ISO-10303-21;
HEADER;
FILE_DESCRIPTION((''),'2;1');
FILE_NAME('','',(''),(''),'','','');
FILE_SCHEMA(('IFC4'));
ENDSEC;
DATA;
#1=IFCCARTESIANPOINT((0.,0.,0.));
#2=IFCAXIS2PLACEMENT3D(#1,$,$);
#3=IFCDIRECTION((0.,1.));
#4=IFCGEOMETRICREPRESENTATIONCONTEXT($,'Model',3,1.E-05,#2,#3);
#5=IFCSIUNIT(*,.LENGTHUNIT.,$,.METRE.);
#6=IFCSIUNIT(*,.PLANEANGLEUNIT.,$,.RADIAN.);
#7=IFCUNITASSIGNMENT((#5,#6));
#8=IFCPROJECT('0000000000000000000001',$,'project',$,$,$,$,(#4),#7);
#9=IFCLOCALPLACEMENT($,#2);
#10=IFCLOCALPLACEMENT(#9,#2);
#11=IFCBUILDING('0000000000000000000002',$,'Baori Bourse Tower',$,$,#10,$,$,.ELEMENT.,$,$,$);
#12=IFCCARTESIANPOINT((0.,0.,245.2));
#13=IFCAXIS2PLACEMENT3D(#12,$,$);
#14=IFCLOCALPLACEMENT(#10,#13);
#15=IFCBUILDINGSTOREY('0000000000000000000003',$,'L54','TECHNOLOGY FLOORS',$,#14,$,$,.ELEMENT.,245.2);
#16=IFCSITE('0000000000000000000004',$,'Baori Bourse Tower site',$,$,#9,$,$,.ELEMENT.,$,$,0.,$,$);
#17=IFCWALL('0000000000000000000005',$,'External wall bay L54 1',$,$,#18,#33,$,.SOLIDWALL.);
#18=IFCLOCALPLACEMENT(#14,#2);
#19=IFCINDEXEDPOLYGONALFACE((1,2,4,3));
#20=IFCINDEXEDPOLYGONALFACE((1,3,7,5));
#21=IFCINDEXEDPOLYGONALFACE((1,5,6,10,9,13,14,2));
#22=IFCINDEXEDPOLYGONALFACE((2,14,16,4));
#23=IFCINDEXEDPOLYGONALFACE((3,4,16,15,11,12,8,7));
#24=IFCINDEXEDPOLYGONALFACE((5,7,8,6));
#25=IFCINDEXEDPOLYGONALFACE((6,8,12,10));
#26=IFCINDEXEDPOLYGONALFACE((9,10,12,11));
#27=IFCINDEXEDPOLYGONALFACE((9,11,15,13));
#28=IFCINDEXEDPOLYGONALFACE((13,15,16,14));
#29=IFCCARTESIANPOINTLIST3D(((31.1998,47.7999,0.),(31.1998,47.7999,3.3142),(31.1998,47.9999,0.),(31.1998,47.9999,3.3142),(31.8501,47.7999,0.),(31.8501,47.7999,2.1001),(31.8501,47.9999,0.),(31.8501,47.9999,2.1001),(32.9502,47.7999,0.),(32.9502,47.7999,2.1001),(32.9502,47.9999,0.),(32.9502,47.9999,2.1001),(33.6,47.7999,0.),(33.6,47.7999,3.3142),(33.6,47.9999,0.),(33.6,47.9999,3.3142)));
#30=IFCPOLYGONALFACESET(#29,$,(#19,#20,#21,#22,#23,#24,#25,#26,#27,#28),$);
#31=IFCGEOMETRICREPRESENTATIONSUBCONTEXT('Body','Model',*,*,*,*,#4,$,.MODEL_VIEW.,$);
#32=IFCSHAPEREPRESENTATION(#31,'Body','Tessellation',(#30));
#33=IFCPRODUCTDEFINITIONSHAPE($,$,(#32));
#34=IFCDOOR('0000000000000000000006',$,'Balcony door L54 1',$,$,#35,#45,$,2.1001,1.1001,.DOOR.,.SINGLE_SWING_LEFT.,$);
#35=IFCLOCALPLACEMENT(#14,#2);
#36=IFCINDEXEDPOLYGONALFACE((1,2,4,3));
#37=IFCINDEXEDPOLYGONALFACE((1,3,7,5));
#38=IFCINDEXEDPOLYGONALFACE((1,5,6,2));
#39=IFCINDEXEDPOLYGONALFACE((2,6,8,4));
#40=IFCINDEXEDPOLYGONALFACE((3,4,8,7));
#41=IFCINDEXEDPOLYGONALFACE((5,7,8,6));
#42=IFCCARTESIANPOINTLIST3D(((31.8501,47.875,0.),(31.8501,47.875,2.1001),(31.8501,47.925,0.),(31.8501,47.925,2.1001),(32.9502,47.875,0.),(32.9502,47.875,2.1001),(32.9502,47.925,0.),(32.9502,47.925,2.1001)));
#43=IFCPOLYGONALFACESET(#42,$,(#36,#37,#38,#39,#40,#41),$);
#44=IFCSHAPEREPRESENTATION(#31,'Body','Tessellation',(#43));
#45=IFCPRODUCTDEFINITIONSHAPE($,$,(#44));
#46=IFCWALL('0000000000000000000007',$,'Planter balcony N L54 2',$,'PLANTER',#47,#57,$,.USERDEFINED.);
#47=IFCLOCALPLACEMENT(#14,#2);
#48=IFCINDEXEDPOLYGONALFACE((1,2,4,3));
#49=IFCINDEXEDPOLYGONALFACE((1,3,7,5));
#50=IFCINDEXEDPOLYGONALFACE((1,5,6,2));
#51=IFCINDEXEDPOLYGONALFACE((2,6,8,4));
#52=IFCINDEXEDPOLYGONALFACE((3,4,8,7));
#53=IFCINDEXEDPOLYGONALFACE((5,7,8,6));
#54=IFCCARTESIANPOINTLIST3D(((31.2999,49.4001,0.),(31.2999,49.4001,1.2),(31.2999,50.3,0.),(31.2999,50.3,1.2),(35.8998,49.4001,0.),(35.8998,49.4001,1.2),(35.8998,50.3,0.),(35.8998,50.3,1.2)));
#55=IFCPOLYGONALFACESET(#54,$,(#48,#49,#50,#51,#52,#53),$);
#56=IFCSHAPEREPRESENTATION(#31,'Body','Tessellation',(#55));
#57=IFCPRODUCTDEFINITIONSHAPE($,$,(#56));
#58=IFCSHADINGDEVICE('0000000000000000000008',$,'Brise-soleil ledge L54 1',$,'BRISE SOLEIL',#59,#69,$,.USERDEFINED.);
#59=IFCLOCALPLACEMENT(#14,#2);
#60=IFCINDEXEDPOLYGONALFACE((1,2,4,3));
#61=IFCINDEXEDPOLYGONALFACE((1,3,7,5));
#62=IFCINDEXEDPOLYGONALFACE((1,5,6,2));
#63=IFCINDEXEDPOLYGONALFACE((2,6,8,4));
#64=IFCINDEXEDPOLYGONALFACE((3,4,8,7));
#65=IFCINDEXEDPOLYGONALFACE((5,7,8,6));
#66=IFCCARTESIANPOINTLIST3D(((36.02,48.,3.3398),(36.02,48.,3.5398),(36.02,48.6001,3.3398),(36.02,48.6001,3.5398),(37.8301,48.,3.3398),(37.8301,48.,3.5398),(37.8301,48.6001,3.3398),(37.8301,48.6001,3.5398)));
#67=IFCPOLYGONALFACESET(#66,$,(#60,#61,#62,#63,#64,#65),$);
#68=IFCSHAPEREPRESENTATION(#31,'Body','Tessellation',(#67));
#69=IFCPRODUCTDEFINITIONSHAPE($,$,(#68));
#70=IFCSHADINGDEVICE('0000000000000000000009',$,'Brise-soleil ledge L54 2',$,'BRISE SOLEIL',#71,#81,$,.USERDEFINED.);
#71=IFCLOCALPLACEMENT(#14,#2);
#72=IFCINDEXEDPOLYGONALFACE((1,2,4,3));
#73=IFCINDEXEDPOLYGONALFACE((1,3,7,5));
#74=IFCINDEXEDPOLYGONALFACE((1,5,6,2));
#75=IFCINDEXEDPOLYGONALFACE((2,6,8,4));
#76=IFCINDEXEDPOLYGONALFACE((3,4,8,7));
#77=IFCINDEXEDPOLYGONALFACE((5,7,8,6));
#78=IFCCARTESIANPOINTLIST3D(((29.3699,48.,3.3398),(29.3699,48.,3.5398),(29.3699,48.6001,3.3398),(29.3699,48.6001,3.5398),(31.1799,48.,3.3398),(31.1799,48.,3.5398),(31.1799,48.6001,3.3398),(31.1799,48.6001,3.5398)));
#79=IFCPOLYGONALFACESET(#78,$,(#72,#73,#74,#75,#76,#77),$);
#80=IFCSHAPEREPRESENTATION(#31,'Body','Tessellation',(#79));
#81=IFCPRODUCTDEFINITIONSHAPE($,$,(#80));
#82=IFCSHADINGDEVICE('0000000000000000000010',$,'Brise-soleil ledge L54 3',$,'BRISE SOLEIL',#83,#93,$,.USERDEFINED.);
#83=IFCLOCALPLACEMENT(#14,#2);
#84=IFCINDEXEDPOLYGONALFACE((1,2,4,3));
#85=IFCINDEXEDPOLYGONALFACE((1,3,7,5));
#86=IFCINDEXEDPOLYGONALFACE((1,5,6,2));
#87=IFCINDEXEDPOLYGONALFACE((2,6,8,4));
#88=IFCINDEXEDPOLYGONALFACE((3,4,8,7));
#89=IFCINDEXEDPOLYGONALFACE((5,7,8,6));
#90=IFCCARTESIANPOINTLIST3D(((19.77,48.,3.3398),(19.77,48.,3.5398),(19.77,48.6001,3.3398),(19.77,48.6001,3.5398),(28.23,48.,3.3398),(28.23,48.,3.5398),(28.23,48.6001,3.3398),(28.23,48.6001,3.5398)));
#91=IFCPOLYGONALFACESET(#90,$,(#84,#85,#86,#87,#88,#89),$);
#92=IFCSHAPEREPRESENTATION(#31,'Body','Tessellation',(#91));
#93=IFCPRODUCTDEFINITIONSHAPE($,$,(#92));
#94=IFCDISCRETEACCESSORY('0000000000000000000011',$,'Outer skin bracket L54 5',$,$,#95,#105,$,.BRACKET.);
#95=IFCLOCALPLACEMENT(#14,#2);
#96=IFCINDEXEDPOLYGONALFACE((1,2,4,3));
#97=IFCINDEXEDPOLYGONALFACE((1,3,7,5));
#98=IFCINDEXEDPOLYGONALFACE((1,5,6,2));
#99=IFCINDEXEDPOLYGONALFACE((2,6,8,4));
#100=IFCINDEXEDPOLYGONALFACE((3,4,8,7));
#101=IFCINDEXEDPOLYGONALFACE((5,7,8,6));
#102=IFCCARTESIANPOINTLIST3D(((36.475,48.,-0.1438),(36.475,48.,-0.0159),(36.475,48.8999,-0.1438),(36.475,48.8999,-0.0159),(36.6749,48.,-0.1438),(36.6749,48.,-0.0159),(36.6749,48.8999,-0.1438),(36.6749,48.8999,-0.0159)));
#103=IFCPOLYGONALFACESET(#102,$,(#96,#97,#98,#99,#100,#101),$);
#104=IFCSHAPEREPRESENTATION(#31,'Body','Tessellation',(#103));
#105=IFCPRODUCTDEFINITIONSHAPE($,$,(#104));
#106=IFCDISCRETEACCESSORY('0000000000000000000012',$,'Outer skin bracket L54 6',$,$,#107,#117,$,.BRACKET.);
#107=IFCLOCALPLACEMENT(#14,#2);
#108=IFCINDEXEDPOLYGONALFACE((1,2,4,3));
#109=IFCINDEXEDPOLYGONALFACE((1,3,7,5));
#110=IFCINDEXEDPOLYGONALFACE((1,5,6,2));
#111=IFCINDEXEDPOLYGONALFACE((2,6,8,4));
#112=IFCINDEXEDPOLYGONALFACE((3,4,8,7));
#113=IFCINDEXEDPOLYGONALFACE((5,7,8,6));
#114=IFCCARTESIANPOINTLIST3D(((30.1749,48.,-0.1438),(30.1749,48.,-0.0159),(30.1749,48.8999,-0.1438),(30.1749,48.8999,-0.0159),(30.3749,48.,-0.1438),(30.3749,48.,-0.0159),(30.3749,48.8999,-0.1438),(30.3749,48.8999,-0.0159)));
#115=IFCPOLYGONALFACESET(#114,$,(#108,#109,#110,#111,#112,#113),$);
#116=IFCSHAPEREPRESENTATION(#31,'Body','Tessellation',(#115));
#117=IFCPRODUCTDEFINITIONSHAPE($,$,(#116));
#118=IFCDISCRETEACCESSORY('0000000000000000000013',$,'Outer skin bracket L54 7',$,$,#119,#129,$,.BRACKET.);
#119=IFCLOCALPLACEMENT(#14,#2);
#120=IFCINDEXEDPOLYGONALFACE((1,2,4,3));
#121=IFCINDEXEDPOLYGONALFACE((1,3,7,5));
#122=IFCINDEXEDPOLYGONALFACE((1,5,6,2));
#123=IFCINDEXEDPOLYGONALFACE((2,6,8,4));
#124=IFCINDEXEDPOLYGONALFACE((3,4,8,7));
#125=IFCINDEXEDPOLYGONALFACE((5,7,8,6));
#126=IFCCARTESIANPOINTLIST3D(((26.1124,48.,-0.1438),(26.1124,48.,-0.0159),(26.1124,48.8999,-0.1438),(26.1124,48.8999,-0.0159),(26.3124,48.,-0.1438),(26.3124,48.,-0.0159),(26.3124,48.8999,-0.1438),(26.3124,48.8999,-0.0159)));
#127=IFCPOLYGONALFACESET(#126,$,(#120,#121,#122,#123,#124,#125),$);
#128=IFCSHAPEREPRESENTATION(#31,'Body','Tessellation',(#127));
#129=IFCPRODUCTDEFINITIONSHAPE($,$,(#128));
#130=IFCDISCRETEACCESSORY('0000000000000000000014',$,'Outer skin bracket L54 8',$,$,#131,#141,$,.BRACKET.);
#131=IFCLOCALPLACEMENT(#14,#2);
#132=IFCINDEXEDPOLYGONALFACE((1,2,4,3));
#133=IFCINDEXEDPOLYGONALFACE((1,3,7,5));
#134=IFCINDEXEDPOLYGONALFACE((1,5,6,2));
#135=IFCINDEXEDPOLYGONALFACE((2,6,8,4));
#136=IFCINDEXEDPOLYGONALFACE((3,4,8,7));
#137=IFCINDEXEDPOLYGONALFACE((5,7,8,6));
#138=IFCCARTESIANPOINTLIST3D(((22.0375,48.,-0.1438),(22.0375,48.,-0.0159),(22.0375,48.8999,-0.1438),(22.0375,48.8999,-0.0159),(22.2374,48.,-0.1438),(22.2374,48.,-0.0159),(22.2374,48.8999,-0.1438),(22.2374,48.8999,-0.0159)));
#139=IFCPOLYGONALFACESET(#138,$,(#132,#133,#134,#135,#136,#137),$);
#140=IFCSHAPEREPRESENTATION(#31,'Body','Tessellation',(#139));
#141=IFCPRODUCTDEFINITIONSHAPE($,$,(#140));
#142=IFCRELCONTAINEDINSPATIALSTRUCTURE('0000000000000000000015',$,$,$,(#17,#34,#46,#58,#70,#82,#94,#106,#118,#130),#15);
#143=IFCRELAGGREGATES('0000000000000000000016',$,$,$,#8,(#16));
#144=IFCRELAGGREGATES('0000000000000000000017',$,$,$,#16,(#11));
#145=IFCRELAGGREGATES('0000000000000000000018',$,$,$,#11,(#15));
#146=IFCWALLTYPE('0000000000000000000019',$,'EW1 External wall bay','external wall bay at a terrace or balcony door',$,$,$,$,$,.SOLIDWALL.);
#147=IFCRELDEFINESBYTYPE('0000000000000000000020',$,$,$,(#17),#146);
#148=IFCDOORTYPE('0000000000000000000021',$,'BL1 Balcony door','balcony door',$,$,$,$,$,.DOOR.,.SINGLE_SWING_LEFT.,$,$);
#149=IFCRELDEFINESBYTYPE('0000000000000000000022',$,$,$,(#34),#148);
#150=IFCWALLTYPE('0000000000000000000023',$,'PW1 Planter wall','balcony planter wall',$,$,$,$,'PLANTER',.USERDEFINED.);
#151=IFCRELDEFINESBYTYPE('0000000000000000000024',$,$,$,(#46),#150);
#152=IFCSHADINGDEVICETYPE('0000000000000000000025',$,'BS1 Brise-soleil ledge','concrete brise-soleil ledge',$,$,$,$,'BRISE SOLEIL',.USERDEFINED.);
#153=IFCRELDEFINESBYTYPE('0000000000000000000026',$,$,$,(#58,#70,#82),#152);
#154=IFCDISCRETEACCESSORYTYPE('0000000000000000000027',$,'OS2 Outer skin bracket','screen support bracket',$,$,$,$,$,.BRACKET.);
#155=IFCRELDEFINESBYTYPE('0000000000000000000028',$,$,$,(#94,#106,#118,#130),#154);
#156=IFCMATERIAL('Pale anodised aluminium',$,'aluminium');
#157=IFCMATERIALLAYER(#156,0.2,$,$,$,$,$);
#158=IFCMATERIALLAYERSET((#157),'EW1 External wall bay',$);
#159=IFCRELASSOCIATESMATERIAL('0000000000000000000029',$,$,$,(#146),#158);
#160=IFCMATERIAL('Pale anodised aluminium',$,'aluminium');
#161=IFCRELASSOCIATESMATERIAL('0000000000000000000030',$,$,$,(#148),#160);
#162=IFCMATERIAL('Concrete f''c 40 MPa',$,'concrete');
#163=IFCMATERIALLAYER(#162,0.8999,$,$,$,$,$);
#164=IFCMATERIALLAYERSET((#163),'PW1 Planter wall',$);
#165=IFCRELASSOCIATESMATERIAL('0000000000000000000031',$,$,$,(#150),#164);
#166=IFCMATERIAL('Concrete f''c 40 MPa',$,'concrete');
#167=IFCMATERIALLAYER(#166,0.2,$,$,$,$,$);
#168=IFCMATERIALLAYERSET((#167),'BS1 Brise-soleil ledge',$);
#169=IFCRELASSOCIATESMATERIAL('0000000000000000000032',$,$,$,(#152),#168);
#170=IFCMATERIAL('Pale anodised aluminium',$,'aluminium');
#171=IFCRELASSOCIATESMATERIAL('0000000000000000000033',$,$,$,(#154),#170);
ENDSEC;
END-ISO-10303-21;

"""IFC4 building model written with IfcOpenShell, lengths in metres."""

from ifc_helpers import new_model, si_unit, direction, frame, frame_2d, origin, origin_2d, place, context, subcontext, project, spatial, rectangle, extrude, material, layer, layer_set, type_object, element, fill, save


model = new_model("IFC4")

# Units and contexts
model_context = context("Model", 3, precision=1e-05, world=origin(), true_north=direction((0.0, 1.0)))
body_context = subcontext(model_context, "Body", "Model", "MODEL_VIEW")
ifc_project = project(units=[si_unit("LENGTHUNIT", "METRE"), si_unit("PLANEANGLEUNIT", "RADIAN")], contexts=[model_context])

# Site, building, storey
site_placement = place(None, origin())
site = spatial("IfcSite", under=ifc_project, at=site_placement, Name="Baori Bourse Tower site", CompositionType="ELEMENT", RefElevation=0.0)
building_placement = place(site_placement, origin())
building = spatial("IfcBuilding", under=site, at=building_placement, Name="Baori Bourse Tower", CompositionType="ELEMENT")
storey_placement = place(building_placement, frame((0.0, 0.0, 245.2)))
storey = spatial("IfcBuildingStorey", under=building, at=storey_placement, Name="L54", Description="TECHNOLOGY FLOORS", CompositionType="ELEMENT", Elevation=245.2)

# Wall, opening, door
ifc_material_1 = material(Name="Pale anodised aluminium", Category="aluminium")
ifc_layer_1 = layer(ifc_material_1, 0.2)
ifc_layer_set_1 = layer_set([ifc_layer_1], Name="EW1 External wall bay")
wall_type_1 = type_object("IfcWallType", Name="EW1 External wall bay", Description="external wall bay at a terrace or balcony door", PredefinedType="SOLIDWALL", material=ifc_layer_set_1)
wall_1_placement = place(storey_placement, frame((33.6001, 47.8999, 0.0), z_axis=(0.0, 0.0, 1.0), x_axis=(-1.0, 0.0, 0.0)))
wall_1 = element("IfcWall", 1, at=wall_1_placement, inside=storey, type_object=wall_type_1, Name="External wall bay L54 1", PredefinedType="SOLIDWALL", context=body_context, shape_type="SweptSolid", body=[
    extrude(rectangle(XDim=2.4001, YDim=0.2, at=frame_2d((1.2002, 0.0))), origin(), (0.0, 0.0, 1.0), 3.3142),
])
opening_placement = place(wall_1_placement, frame((0.6499, 0.0, 0.0)))
opening = element("IfcOpeningElement", 2, at=opening_placement, cuts=wall_1, PredefinedType="OPENING", context=body_context, shape_type="SweptSolid", body=[
    extrude(rectangle(XDim=1.1001, YDim=2.1001, at=frame_2d((0.55, 1.05))), frame((0.0, 0.1099, 0.0), z_axis=(0.0, -1.0, 0.0), x_axis=(1.0, 0.0, 0.0)), (0.0, 0.0, 1.0), 0.22),
])
ifc_material_2 = material(Name="Pale anodised aluminium", Category="aluminium")
door_type = type_object("IfcDoorType", Name="BL1 Balcony door", Description="balcony door", OperationType="SINGLE_SWING_LEFT", PredefinedType="DOOR", material=ifc_material_2)
door_placement = place(opening_placement, origin())
door = element("IfcDoor", 3, at=door_placement, inside=storey, type_object=door_type, Name="Balcony door L54 1", OperationType="SINGLE_SWING_LEFT", OverallHeight=2.1001, OverallWidth=1.1001, PredefinedType="DOOR", context=body_context, shape_type="SweptSolid", body=[
    extrude(rectangle(XDim=1.1001, YDim=2.1001, at=frame_2d((0.55, 1.05))), frame((0.0, 0.0249, 0.0), z_axis=(0.0, -1.0, 0.0), x_axis=(1.0, 0.0, 0.0)), (0.0, 0.0, 1.0), 0.05),
])
fill(opening, door)

# Wall
ifc_material_3 = material(Name="Concrete f'c 40 MPa", Category="concrete")
ifc_layer_2 = layer(ifc_material_3, 0.8999)
ifc_layer_set_2 = layer_set([ifc_layer_2], Name="PW1 Planter wall")
wall_type_2 = type_object("IfcWallType", Name="PW1 Planter wall", Description="balcony planter wall", ElementType="PLANTER", PredefinedType="USERDEFINED", material=ifc_layer_set_2)
wall_2_placement = place(storey_placement, frame((31.3, 49.8501, 0.0), z_axis=(0.0, 0.0, 1.0), x_axis=(1.0, 0.0, 0.0)))
element("IfcWall", 4, at=wall_2_placement, inside=storey, type_object=wall_type_2, Name="Planter balcony N L54 2", ObjectType="PLANTER", PredefinedType="USERDEFINED", context=body_context, shape_type="SweptSolid", body=[
    extrude(rectangle(XDim=4.5999, YDim=0.8999, at=frame_2d((2.2998, 0.0))), origin(), (0.0, 0.0, 1.0), 1.2),
])

# Shading devices
ifc_material_4 = material(Name="Concrete f'c 40 MPa", Category="concrete")
ifc_layer_3 = layer(ifc_material_4, 0.2)
ifc_layer_set_3 = layer_set([ifc_layer_3], Name="BS1 Brise-soleil ledge")
shading_device_type = type_object("IfcShadingDeviceType", Name="BS1 Brise-soleil ledge", Description="concrete brise-soleil ledge", ElementType="BRISE SOLEIL", PredefinedType="USERDEFINED", material=ifc_layer_set_3)
for number, where, z_axis, x_axis, name in (
    (5, (36.925, 48.3, 3.3398), (0.0, 0.0, 1.0), (-1.0, 0.0, 0.0), "Brise-soleil ledge L54 1"),
    (6, (30.2749, 48.3, 3.3398), (0.0, 0.0, 1.0), (-1.0, 0.0, 0.0), "Brise-soleil ledge L54 2"),
):
    element("IfcShadingDevice", number, at=place(storey_placement, frame(where, z_axis=z_axis, x_axis=x_axis)), inside=storey, type_object=shading_device_type, Name=name, ObjectType="BRISE SOLEIL", PredefinedType="USERDEFINED", context=body_context, shape_type="SweptSolid", body=[
        extrude(rectangle(XDim=1.8101, YDim=0.6001, at=origin_2d()), origin(), (0.0, 0.0, 1.0), 0.2),
    ])
shading_device_placement = place(storey_placement, frame((24.0, 48.3, 3.3398), z_axis=(0.0, 0.0, 1.0), x_axis=(-1.0, 0.0, 0.0)))
element("IfcShadingDevice", 7, at=shading_device_placement, inside=storey, type_object=shading_device_type, Name="Brise-soleil ledge L54 3", ObjectType="BRISE SOLEIL", PredefinedType="USERDEFINED", context=body_context, shape_type="SweptSolid", body=[
    extrude(rectangle(XDim=8.46, YDim=0.6001, at=origin_2d()), origin(), (0.0, 0.0, 1.0), 0.2),
])

# Discrete accessories
ifc_material_5 = material(Name="Pale anodised aluminium", Category="aluminium")
discrete_accessory_type = type_object("IfcDiscreteAccessoryType", Name="OS2 Outer skin bracket", Description="screen support bracket", PredefinedType="BRACKET", material=ifc_material_5)
for number, where, z_axis, x_axis, name in (
    (8, (36.575, 48.45, -0.1438), (0.0, 0.0, 1.0), (-1.0, 0.0, 0.0), "Outer skin bracket L54 5"),
    (9, (30.2749, 48.45, -0.1438), (0.0, 0.0, 1.0), (-1.0, 0.0, 0.0), "Outer skin bracket L54 6"),
    (10, (26.2124, 48.45, -0.1438), (0.0, 0.0, 1.0), (-1.0, 0.0, 0.0), "Outer skin bracket L54 7"),
    (11, (22.1375, 48.45, -0.1438), (0.0, 0.0, 1.0), (-1.0, 0.0, 0.0), "Outer skin bracket L54 8"),
):
    element("IfcDiscreteAccessory", number, at=place(storey_placement, frame(where, z_axis=z_axis, x_axis=x_axis)), inside=storey, type_object=discrete_accessory_type, Name=name, PredefinedType="BRACKET", context=body_context, shape_type="SweptSolid", body=[
        extrude(rectangle(XDim=0.2, YDim=0.8999, at=origin_2d()), origin(), (0.0, 0.0, 1.0), 0.1279),
    ])

save(model, "model.ifc")
